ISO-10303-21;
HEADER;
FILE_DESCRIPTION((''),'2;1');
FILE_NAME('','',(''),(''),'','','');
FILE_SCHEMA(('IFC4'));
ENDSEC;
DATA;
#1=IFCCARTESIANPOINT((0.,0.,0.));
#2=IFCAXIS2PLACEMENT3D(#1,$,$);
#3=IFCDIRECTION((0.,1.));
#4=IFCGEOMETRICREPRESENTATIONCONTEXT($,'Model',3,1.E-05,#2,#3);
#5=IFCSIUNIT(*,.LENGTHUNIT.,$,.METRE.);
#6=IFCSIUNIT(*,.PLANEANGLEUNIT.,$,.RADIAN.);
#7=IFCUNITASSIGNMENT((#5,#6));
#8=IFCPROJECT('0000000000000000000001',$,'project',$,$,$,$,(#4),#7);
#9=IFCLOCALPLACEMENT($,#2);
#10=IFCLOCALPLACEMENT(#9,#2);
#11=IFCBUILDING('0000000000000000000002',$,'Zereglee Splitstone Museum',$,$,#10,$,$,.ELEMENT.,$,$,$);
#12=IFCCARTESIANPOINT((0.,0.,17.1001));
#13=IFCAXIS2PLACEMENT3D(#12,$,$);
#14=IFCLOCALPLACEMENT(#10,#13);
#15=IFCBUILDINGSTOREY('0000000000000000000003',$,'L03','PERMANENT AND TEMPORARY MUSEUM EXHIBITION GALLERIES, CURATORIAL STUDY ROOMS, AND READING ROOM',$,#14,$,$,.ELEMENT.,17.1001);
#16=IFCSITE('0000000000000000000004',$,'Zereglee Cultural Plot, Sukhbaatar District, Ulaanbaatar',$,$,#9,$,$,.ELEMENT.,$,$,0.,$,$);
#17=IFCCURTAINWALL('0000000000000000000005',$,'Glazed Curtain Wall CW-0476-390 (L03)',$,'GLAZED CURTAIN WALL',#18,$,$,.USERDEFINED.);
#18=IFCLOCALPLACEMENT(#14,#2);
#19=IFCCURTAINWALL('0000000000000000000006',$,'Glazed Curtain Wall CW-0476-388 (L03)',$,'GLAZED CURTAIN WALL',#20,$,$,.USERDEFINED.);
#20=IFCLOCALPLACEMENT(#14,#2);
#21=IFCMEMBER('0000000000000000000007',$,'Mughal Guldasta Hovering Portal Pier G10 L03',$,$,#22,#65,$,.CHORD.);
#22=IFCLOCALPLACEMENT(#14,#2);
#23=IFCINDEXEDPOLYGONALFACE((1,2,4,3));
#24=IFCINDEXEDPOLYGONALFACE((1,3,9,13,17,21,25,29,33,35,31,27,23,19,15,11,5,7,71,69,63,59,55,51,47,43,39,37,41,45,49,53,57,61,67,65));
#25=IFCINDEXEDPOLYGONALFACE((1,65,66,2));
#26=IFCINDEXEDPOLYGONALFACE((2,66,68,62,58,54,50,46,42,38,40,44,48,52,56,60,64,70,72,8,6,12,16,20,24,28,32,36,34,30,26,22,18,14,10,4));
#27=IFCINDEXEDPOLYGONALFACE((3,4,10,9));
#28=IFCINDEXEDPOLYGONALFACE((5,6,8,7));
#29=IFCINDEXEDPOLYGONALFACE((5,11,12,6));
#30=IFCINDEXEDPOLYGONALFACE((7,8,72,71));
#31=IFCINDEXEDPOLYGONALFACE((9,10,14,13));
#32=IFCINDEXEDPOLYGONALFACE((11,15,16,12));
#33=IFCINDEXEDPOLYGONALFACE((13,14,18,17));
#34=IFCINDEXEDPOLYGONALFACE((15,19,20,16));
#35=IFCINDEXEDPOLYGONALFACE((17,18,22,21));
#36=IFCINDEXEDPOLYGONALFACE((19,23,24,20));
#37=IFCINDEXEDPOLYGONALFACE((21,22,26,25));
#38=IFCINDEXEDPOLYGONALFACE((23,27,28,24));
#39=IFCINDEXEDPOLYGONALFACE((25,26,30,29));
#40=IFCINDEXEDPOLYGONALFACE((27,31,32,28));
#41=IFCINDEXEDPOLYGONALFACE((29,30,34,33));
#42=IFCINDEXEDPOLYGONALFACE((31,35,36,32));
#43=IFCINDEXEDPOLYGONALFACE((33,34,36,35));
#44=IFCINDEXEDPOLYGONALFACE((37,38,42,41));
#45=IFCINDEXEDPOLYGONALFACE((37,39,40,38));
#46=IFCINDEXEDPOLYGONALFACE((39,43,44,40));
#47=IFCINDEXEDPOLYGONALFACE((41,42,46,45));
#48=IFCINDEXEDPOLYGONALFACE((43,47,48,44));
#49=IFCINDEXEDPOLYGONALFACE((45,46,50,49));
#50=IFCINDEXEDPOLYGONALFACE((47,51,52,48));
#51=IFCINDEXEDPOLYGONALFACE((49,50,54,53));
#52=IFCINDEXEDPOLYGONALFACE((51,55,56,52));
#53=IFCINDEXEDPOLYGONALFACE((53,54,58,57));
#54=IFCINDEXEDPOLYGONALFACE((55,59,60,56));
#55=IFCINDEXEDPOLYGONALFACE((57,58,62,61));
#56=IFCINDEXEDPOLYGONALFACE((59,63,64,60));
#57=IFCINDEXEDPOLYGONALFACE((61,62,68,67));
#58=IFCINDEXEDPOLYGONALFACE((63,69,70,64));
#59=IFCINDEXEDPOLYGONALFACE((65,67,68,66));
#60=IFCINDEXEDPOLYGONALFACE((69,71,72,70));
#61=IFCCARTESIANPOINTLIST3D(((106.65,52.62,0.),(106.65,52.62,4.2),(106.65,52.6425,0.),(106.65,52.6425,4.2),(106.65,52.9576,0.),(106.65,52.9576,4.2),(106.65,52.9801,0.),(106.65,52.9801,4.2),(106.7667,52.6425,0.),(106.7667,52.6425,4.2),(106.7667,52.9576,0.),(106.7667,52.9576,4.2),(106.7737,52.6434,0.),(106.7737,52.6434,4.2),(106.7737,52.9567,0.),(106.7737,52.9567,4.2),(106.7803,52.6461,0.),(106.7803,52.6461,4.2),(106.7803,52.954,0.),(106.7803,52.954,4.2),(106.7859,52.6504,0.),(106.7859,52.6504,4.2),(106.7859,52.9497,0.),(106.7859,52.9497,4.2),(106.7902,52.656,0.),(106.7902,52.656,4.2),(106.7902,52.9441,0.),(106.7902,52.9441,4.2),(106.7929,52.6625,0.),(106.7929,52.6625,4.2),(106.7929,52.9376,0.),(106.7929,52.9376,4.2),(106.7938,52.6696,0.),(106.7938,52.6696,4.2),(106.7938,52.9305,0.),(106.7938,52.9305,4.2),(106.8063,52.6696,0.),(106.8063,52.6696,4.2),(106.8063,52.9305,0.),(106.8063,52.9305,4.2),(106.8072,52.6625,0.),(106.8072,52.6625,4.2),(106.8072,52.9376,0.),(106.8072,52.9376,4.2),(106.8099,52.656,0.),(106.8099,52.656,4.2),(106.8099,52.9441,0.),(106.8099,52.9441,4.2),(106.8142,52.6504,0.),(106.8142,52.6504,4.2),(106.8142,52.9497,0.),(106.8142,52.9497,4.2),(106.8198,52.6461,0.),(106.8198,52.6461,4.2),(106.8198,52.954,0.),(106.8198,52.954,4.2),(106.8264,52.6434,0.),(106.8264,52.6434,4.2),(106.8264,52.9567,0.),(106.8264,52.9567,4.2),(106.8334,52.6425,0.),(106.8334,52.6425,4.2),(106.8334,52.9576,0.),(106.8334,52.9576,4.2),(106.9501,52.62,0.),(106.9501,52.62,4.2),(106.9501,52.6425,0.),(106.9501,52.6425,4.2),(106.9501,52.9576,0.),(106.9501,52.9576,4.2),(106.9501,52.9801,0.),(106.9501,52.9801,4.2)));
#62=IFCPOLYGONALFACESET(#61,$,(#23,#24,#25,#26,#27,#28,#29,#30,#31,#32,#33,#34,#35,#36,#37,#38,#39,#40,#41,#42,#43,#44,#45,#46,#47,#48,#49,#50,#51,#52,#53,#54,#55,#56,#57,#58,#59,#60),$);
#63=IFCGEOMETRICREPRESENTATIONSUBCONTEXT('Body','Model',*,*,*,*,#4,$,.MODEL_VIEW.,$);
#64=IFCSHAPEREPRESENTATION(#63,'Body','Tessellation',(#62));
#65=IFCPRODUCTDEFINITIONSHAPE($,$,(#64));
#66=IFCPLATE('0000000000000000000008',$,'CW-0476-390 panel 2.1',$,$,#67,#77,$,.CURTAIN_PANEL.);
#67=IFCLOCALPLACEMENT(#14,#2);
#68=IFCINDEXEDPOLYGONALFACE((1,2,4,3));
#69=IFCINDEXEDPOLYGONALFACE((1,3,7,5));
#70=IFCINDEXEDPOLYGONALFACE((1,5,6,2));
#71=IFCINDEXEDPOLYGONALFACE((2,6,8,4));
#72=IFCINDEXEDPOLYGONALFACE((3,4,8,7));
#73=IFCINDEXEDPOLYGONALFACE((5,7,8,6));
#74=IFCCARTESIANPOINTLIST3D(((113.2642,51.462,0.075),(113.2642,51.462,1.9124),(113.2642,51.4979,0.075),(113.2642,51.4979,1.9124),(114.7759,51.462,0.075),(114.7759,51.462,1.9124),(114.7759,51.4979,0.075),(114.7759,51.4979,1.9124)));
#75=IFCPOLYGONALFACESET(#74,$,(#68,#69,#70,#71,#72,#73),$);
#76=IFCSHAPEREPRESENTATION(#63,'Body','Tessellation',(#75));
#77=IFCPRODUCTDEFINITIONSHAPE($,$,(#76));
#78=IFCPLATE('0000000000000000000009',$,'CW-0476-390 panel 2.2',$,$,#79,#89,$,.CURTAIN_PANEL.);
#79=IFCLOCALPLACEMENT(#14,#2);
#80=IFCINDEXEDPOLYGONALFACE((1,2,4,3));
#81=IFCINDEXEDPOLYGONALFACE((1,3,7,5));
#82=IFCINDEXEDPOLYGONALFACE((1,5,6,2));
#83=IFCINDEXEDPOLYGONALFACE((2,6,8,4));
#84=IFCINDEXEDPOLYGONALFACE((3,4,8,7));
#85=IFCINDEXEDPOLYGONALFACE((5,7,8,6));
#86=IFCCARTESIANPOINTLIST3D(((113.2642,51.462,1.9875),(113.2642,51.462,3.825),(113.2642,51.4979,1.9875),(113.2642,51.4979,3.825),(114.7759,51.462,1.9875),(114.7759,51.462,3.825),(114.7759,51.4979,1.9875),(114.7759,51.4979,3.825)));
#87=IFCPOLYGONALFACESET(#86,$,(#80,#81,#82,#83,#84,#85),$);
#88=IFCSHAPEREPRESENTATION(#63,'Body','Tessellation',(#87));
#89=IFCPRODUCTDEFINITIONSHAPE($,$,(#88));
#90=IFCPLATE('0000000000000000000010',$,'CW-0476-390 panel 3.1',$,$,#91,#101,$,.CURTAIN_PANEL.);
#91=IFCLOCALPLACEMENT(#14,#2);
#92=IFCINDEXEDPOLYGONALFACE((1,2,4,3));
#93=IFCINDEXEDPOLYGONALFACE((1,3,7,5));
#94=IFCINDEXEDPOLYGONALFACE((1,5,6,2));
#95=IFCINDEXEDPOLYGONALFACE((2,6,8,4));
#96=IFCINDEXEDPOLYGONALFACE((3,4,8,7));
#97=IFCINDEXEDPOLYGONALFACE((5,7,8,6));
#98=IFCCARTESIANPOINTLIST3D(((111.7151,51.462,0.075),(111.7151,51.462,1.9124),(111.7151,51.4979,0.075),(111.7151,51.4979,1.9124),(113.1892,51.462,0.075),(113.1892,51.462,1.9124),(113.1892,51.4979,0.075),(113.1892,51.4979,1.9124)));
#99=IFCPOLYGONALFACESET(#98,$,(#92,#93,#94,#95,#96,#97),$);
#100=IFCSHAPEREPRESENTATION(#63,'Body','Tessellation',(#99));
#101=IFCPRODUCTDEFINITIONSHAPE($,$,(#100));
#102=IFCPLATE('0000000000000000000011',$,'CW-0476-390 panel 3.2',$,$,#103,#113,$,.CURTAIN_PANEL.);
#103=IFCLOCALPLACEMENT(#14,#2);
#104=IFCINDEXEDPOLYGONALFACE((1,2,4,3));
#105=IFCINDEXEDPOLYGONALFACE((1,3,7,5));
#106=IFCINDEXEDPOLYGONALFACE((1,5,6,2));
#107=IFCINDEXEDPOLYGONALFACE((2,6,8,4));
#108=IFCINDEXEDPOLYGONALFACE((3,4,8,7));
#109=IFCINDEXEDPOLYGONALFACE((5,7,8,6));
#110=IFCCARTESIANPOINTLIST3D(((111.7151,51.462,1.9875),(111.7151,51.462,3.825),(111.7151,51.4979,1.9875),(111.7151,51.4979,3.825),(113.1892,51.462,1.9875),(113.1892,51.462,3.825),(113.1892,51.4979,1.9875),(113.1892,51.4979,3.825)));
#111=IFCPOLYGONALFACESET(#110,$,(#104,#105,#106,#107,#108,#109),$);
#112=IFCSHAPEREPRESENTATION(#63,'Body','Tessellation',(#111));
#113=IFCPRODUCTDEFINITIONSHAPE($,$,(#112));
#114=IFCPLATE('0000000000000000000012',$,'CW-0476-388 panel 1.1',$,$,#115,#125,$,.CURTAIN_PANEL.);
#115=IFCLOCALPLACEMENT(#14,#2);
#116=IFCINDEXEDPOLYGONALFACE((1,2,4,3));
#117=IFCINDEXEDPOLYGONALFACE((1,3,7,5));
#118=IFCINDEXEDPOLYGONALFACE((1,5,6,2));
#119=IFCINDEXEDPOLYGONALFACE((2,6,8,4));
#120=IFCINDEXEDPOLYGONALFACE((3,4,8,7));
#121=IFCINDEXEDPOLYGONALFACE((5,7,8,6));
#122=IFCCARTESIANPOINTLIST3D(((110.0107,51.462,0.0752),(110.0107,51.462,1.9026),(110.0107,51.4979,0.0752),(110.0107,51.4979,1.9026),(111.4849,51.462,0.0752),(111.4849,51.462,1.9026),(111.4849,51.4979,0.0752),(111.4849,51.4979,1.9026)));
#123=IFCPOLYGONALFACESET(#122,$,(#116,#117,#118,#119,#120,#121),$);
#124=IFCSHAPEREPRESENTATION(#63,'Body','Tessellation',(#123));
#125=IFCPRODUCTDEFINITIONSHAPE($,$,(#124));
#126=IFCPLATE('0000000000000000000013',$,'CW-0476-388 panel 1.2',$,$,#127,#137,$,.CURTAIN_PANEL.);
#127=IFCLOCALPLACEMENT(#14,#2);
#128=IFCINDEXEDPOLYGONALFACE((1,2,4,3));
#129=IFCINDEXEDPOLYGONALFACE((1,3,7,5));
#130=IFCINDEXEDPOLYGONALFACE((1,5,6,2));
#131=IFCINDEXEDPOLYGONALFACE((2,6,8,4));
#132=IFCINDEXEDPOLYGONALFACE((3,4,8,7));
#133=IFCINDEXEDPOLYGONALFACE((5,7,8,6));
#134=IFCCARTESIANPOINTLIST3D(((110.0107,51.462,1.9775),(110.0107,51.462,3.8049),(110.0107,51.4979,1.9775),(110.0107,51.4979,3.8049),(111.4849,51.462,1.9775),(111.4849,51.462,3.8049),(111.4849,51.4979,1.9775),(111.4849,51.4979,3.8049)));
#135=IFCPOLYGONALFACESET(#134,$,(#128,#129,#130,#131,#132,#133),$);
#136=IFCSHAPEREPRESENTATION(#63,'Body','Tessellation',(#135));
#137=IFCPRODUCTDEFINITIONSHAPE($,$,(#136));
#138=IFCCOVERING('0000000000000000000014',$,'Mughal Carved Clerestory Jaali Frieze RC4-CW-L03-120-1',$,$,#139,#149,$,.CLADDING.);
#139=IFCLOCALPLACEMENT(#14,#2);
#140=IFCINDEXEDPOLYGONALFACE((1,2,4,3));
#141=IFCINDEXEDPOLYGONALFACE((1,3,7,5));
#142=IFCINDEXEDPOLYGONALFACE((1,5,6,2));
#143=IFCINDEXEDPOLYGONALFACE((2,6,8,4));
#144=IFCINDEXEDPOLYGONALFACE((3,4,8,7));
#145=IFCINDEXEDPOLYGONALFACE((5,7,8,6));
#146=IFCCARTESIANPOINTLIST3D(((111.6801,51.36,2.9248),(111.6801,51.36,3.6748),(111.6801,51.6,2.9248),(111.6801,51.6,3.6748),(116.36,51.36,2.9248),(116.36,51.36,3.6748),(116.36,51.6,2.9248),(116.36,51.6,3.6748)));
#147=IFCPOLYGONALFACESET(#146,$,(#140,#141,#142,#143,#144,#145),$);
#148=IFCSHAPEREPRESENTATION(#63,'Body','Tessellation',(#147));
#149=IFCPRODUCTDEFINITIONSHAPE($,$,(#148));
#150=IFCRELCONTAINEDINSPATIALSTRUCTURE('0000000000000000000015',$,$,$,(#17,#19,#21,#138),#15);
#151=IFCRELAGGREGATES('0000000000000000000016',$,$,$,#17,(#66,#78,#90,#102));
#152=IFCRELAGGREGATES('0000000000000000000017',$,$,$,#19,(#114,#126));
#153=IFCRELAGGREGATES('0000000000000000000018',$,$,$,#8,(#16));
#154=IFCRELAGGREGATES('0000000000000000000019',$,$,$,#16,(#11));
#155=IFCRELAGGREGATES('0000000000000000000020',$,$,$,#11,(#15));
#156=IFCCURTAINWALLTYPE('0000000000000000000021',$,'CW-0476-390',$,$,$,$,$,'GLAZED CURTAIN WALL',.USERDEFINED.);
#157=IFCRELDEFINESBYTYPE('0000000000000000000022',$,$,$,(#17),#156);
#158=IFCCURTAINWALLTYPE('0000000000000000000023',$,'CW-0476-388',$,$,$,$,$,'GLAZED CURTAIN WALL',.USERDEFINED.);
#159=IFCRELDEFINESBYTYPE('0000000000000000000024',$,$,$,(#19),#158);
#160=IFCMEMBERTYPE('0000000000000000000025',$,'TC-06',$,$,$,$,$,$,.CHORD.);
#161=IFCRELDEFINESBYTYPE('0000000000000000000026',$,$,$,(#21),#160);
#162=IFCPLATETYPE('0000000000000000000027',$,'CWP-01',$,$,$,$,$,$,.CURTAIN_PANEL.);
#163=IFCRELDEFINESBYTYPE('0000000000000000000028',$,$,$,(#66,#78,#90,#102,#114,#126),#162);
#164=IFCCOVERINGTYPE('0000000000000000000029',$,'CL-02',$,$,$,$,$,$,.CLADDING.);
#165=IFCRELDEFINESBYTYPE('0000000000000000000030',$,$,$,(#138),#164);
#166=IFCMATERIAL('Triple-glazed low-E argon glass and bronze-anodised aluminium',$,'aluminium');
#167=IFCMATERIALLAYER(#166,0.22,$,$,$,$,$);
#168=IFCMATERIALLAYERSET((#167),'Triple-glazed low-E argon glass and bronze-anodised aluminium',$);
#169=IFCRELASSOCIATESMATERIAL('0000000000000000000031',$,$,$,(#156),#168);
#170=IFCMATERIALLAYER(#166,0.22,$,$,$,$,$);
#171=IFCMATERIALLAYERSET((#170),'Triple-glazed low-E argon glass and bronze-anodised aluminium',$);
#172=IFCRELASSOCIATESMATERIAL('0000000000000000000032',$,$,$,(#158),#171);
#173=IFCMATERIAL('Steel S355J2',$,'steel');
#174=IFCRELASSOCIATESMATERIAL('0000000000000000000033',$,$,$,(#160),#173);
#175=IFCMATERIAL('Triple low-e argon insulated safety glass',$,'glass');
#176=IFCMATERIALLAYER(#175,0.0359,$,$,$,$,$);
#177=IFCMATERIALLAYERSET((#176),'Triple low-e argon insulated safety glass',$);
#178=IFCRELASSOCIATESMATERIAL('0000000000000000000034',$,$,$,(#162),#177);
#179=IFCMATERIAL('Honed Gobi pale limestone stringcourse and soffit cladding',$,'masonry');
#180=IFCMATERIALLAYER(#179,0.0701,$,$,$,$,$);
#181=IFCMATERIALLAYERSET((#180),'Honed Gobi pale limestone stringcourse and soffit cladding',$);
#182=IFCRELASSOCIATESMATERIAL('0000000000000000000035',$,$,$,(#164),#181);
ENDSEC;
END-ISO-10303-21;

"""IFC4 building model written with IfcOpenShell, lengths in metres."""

from ifc_helpers import new_model, si_unit, direction, frame, origin, origin_2d, place, context, subcontext, project, spatial, rectangle, i_section, extrude, material, layer, layer_set, material_profile, profile_set, type_object, element, aggregate, save


model = new_model("IFC4")

# Units and contexts
model_context = context("Model", 3, precision=1e-05, world=origin(), true_north=direction((0.0, 1.0)))
body_context = subcontext(model_context, "Body", "Model", "MODEL_VIEW")
ifc_project = project(units=[si_unit("LENGTHUNIT", "METRE"), si_unit("PLANEANGLEUNIT", "RADIAN")], contexts=[model_context])

# Site, building, storey
site_placement = place(None, origin())
site = spatial("IfcSite", under=ifc_project, at=site_placement, Name="Zereglee Cultural Plot, Sukhbaatar District, Ulaanbaatar", CompositionType="ELEMENT", RefElevation=0.0)
building_placement = place(site_placement, origin())
building = spatial("IfcBuilding", under=site, at=building_placement, Name="Zereglee Splitstone Museum", CompositionType="ELEMENT")
storey_placement = place(building_placement, frame((0.0, 0.0, 17.1001)))
storey = spatial("IfcBuildingStorey", under=building, at=storey_placement, Name="L03", Description="PERMANENT AND TEMPORARY MUSEUM EXHIBITION GALLERIES, CURATORIAL STUDY ROOMS, AND READING ROOM", CompositionType="ELEMENT", Elevation=17.1001)

# Curtain walls
ifc_material_1 = material(Name="Triple-glazed low-E argon glass and bronze-anodised aluminium", Category="aluminium")
ifc_layer_1 = layer(ifc_material_1, 0.22)
ifc_layer_set_1 = layer_set([ifc_layer_1], Name="Triple-glazed low-E argon glass and bronze-anodised aluminium")
curtain_wall_type_1 = type_object("IfcCurtainWallType", Name="CW-0476-390", ElementType="GLAZED CURTAIN WALL", PredefinedType="USERDEFINED", material=ifc_layer_set_1)
curtain_wall_1_placement = place(storey_placement, origin())
curtain_wall_1 = element("IfcCurtainWall", 1, at=curtain_wall_1_placement, inside=storey, type_object=curtain_wall_type_1, Name="Glazed Curtain Wall CW-0476-390 (L03)", ObjectType="GLAZED CURTAIN WALL", PredefinedType="USERDEFINED")
ifc_layer_2 = layer(ifc_material_1, 0.22)
ifc_layer_set_2 = layer_set([ifc_layer_2], Name="Triple-glazed low-E argon glass and bronze-anodised aluminium")
curtain_wall_type_2 = type_object("IfcCurtainWallType", Name="CW-0476-388", ElementType="GLAZED CURTAIN WALL", PredefinedType="USERDEFINED", material=ifc_layer_set_2)
curtain_wall_2_placement = place(storey_placement, origin())
curtain_wall_2 = element("IfcCurtainWall", 2, at=curtain_wall_2_placement, inside=storey, type_object=curtain_wall_type_2, Name="Glazed Curtain Wall CW-0476-388 (L03)", ObjectType="GLAZED CURTAIN WALL", PredefinedType="USERDEFINED")

# Member
ifc_material_2 = material(Name="Steel S355J2", Category="steel")
ifc_material_profile_1 = material_profile(ifc_material_2, i_section(OverallWidth=0.3, OverallDepth=0.3601, WebThickness=0.0125, FlangeThickness=0.0225, FilletRadius=0.0271, at=origin_2d()), Name="HE 360 B")
ifc_profile_set_1 = profile_set([ifc_material_profile_1], Name="Steel S355J2")
member_type_1 = type_object("IfcMemberType", Name="TC-06", PredefinedType="CHORD", material=ifc_profile_set_1)
member_1_placement = place(storey_placement, frame((106.8, 52.8, 0.0), z_axis=(0.0, 0.0, 1.0), x_axis=(1.0, 0.0, 0.0)))
element("IfcMember", 3, at=member_1_placement, inside=storey, type_object=member_type_1, Name="Mughal Guldasta Hovering Portal Pier G10 L03", PredefinedType="CHORD", context=body_context, shape_type="SweptSolid", body=[
    extrude(i_section(OverallWidth=0.3, OverallDepth=0.3601, WebThickness=0.0125, FlangeThickness=0.0225, FilletRadius=0.0271, at=origin_2d()), origin(), (0.0, 0.0, 1.0), 4.2),
])

# Plates
ifc_material_3 = material(Name="Triple low-e argon insulated safety glass", Category="glass")
ifc_layer_3 = layer(ifc_material_3, 0.0359)
ifc_layer_set_3 = layer_set([ifc_layer_3], Name="Triple low-e argon insulated safety glass")
plate_type = type_object("IfcPlateType", Name="CWP-01", PredefinedType="CURTAIN_PANEL", material=ifc_layer_set_3)
plate_1_placement = place(storey_placement, frame((114.02, 51.48, 0.075), z_axis=(0.0, 0.0, 1.0), x_axis=(-1.0, 0.0, 0.0)))
plate_1 = element("IfcPlate", 4, at=plate_1_placement, type_object=plate_type, Name="CW-0476-390 panel 2.1", PredefinedType="CURTAIN_PANEL", context=body_context, shape_type="SweptSolid", body=[
    extrude(rectangle(XDim=1.5117, YDim=0.0359, at=origin_2d()), origin(), (0.0, 0.0, 1.0), 1.8374),
])
plate_2_placement = place(storey_placement, frame((114.02, 51.48, 1.9875), z_axis=(0.0, 0.0, 1.0), x_axis=(-1.0, 0.0, 0.0)))
plate_2 = element("IfcPlate", 5, at=plate_2_placement, type_object=plate_type, Name="CW-0476-390 panel 2.2", PredefinedType="CURTAIN_PANEL", context=body_context, shape_type="SweptSolid", body=[
    extrude(rectangle(XDim=1.5117, YDim=0.0359, at=origin_2d()), origin(), (0.0, 0.0, 1.0), 1.8374),
])
plate_3_placement = place(storey_placement, frame((112.4521, 51.48, 0.075), z_axis=(0.0, 0.0, 1.0), x_axis=(-1.0, 0.0, 0.0)))
plate_3 = element("IfcPlate", 6, at=plate_3_placement, type_object=plate_type, Name="CW-0476-390 panel 3.1", PredefinedType="CURTAIN_PANEL", context=body_context, shape_type="SweptSolid", body=[
    extrude(rectangle(XDim=1.4741, YDim=0.0359, at=origin_2d()), origin(), (0.0, 0.0, 1.0), 1.8374),
])
plate_4_placement = place(storey_placement, frame((112.4521, 51.48, 1.9875), z_axis=(0.0, 0.0, 1.0), x_axis=(-1.0, 0.0, 0.0)))
plate_4 = element("IfcPlate", 7, at=plate_4_placement, type_object=plate_type, Name="CW-0476-390 panel 3.2", PredefinedType="CURTAIN_PANEL", context=body_context, shape_type="SweptSolid", body=[
    extrude(rectangle(XDim=1.4741, YDim=0.0359, at=origin_2d()), origin(), (0.0, 0.0, 1.0), 1.8374),
])
aggregate(curtain_wall_1, [plate_1, plate_2, plate_3, plate_4])
plate_5_placement = place(storey_placement, frame((110.7478, 51.48, 0.0752), z_axis=(0.0, 0.0, 1.0), x_axis=(-1.0, 0.0, 0.0)))
plate_5 = element("IfcPlate", 8, at=plate_5_placement, type_object=plate_type, Name="CW-0476-388 panel 1.1", PredefinedType="CURTAIN_PANEL", context=body_context, shape_type="SweptSolid", body=[
    extrude(rectangle(XDim=1.4741, YDim=0.0359, at=origin_2d()), origin(), (0.0, 0.0, 1.0), 1.8274),
])
plate_6_placement = place(storey_placement, frame((110.7478, 51.48, 1.9775), z_axis=(0.0, 0.0, 1.0), x_axis=(-1.0, 0.0, 0.0)))
plate_6 = element("IfcPlate", 9, at=plate_6_placement, type_object=plate_type, Name="CW-0476-388 panel 1.2", PredefinedType="CURTAIN_PANEL", context=body_context, shape_type="SweptSolid", body=[
    extrude(rectangle(XDim=1.4741, YDim=0.0359, at=origin_2d()), origin(), (0.0, 0.0, 1.0), 1.8274),
])
aggregate(curtain_wall_2, [plate_5, plate_6])

# Covering
ifc_material_4 = material(Name="Honed Gobi pale limestone stringcourse and soffit cladding", Category="masonry")
ifc_layer_4 = layer(ifc_material_4, 0.0701)
ifc_layer_set_4 = layer_set([ifc_layer_4], Name="Honed Gobi pale limestone stringcourse and soffit cladding")
covering_type = type_object("IfcCoveringType", Name="CL-02", PredefinedType="CLADDING", material=ifc_layer_set_4)
covering_placement = place(storey_placement, frame((114.02, 51.48, 2.9248), z_axis=(0.0, 0.0, 1.0), x_axis=(-1.0, 0.0, 0.0)))
element("IfcCovering", 10, at=covering_placement, inside=storey, type_object=covering_type, Name="Mughal Carved Clerestory Jaali Frieze RC4-CW-L03-120-1", PredefinedType="CLADDING", context=body_context, shape_type="SweptSolid", body=[
    extrude(rectangle(XDim=4.6799, YDim=0.24, at=origin_2d()), origin(), (0.0, 0.0, 1.0), 0.75),
])

save(model, "model.ifc")
